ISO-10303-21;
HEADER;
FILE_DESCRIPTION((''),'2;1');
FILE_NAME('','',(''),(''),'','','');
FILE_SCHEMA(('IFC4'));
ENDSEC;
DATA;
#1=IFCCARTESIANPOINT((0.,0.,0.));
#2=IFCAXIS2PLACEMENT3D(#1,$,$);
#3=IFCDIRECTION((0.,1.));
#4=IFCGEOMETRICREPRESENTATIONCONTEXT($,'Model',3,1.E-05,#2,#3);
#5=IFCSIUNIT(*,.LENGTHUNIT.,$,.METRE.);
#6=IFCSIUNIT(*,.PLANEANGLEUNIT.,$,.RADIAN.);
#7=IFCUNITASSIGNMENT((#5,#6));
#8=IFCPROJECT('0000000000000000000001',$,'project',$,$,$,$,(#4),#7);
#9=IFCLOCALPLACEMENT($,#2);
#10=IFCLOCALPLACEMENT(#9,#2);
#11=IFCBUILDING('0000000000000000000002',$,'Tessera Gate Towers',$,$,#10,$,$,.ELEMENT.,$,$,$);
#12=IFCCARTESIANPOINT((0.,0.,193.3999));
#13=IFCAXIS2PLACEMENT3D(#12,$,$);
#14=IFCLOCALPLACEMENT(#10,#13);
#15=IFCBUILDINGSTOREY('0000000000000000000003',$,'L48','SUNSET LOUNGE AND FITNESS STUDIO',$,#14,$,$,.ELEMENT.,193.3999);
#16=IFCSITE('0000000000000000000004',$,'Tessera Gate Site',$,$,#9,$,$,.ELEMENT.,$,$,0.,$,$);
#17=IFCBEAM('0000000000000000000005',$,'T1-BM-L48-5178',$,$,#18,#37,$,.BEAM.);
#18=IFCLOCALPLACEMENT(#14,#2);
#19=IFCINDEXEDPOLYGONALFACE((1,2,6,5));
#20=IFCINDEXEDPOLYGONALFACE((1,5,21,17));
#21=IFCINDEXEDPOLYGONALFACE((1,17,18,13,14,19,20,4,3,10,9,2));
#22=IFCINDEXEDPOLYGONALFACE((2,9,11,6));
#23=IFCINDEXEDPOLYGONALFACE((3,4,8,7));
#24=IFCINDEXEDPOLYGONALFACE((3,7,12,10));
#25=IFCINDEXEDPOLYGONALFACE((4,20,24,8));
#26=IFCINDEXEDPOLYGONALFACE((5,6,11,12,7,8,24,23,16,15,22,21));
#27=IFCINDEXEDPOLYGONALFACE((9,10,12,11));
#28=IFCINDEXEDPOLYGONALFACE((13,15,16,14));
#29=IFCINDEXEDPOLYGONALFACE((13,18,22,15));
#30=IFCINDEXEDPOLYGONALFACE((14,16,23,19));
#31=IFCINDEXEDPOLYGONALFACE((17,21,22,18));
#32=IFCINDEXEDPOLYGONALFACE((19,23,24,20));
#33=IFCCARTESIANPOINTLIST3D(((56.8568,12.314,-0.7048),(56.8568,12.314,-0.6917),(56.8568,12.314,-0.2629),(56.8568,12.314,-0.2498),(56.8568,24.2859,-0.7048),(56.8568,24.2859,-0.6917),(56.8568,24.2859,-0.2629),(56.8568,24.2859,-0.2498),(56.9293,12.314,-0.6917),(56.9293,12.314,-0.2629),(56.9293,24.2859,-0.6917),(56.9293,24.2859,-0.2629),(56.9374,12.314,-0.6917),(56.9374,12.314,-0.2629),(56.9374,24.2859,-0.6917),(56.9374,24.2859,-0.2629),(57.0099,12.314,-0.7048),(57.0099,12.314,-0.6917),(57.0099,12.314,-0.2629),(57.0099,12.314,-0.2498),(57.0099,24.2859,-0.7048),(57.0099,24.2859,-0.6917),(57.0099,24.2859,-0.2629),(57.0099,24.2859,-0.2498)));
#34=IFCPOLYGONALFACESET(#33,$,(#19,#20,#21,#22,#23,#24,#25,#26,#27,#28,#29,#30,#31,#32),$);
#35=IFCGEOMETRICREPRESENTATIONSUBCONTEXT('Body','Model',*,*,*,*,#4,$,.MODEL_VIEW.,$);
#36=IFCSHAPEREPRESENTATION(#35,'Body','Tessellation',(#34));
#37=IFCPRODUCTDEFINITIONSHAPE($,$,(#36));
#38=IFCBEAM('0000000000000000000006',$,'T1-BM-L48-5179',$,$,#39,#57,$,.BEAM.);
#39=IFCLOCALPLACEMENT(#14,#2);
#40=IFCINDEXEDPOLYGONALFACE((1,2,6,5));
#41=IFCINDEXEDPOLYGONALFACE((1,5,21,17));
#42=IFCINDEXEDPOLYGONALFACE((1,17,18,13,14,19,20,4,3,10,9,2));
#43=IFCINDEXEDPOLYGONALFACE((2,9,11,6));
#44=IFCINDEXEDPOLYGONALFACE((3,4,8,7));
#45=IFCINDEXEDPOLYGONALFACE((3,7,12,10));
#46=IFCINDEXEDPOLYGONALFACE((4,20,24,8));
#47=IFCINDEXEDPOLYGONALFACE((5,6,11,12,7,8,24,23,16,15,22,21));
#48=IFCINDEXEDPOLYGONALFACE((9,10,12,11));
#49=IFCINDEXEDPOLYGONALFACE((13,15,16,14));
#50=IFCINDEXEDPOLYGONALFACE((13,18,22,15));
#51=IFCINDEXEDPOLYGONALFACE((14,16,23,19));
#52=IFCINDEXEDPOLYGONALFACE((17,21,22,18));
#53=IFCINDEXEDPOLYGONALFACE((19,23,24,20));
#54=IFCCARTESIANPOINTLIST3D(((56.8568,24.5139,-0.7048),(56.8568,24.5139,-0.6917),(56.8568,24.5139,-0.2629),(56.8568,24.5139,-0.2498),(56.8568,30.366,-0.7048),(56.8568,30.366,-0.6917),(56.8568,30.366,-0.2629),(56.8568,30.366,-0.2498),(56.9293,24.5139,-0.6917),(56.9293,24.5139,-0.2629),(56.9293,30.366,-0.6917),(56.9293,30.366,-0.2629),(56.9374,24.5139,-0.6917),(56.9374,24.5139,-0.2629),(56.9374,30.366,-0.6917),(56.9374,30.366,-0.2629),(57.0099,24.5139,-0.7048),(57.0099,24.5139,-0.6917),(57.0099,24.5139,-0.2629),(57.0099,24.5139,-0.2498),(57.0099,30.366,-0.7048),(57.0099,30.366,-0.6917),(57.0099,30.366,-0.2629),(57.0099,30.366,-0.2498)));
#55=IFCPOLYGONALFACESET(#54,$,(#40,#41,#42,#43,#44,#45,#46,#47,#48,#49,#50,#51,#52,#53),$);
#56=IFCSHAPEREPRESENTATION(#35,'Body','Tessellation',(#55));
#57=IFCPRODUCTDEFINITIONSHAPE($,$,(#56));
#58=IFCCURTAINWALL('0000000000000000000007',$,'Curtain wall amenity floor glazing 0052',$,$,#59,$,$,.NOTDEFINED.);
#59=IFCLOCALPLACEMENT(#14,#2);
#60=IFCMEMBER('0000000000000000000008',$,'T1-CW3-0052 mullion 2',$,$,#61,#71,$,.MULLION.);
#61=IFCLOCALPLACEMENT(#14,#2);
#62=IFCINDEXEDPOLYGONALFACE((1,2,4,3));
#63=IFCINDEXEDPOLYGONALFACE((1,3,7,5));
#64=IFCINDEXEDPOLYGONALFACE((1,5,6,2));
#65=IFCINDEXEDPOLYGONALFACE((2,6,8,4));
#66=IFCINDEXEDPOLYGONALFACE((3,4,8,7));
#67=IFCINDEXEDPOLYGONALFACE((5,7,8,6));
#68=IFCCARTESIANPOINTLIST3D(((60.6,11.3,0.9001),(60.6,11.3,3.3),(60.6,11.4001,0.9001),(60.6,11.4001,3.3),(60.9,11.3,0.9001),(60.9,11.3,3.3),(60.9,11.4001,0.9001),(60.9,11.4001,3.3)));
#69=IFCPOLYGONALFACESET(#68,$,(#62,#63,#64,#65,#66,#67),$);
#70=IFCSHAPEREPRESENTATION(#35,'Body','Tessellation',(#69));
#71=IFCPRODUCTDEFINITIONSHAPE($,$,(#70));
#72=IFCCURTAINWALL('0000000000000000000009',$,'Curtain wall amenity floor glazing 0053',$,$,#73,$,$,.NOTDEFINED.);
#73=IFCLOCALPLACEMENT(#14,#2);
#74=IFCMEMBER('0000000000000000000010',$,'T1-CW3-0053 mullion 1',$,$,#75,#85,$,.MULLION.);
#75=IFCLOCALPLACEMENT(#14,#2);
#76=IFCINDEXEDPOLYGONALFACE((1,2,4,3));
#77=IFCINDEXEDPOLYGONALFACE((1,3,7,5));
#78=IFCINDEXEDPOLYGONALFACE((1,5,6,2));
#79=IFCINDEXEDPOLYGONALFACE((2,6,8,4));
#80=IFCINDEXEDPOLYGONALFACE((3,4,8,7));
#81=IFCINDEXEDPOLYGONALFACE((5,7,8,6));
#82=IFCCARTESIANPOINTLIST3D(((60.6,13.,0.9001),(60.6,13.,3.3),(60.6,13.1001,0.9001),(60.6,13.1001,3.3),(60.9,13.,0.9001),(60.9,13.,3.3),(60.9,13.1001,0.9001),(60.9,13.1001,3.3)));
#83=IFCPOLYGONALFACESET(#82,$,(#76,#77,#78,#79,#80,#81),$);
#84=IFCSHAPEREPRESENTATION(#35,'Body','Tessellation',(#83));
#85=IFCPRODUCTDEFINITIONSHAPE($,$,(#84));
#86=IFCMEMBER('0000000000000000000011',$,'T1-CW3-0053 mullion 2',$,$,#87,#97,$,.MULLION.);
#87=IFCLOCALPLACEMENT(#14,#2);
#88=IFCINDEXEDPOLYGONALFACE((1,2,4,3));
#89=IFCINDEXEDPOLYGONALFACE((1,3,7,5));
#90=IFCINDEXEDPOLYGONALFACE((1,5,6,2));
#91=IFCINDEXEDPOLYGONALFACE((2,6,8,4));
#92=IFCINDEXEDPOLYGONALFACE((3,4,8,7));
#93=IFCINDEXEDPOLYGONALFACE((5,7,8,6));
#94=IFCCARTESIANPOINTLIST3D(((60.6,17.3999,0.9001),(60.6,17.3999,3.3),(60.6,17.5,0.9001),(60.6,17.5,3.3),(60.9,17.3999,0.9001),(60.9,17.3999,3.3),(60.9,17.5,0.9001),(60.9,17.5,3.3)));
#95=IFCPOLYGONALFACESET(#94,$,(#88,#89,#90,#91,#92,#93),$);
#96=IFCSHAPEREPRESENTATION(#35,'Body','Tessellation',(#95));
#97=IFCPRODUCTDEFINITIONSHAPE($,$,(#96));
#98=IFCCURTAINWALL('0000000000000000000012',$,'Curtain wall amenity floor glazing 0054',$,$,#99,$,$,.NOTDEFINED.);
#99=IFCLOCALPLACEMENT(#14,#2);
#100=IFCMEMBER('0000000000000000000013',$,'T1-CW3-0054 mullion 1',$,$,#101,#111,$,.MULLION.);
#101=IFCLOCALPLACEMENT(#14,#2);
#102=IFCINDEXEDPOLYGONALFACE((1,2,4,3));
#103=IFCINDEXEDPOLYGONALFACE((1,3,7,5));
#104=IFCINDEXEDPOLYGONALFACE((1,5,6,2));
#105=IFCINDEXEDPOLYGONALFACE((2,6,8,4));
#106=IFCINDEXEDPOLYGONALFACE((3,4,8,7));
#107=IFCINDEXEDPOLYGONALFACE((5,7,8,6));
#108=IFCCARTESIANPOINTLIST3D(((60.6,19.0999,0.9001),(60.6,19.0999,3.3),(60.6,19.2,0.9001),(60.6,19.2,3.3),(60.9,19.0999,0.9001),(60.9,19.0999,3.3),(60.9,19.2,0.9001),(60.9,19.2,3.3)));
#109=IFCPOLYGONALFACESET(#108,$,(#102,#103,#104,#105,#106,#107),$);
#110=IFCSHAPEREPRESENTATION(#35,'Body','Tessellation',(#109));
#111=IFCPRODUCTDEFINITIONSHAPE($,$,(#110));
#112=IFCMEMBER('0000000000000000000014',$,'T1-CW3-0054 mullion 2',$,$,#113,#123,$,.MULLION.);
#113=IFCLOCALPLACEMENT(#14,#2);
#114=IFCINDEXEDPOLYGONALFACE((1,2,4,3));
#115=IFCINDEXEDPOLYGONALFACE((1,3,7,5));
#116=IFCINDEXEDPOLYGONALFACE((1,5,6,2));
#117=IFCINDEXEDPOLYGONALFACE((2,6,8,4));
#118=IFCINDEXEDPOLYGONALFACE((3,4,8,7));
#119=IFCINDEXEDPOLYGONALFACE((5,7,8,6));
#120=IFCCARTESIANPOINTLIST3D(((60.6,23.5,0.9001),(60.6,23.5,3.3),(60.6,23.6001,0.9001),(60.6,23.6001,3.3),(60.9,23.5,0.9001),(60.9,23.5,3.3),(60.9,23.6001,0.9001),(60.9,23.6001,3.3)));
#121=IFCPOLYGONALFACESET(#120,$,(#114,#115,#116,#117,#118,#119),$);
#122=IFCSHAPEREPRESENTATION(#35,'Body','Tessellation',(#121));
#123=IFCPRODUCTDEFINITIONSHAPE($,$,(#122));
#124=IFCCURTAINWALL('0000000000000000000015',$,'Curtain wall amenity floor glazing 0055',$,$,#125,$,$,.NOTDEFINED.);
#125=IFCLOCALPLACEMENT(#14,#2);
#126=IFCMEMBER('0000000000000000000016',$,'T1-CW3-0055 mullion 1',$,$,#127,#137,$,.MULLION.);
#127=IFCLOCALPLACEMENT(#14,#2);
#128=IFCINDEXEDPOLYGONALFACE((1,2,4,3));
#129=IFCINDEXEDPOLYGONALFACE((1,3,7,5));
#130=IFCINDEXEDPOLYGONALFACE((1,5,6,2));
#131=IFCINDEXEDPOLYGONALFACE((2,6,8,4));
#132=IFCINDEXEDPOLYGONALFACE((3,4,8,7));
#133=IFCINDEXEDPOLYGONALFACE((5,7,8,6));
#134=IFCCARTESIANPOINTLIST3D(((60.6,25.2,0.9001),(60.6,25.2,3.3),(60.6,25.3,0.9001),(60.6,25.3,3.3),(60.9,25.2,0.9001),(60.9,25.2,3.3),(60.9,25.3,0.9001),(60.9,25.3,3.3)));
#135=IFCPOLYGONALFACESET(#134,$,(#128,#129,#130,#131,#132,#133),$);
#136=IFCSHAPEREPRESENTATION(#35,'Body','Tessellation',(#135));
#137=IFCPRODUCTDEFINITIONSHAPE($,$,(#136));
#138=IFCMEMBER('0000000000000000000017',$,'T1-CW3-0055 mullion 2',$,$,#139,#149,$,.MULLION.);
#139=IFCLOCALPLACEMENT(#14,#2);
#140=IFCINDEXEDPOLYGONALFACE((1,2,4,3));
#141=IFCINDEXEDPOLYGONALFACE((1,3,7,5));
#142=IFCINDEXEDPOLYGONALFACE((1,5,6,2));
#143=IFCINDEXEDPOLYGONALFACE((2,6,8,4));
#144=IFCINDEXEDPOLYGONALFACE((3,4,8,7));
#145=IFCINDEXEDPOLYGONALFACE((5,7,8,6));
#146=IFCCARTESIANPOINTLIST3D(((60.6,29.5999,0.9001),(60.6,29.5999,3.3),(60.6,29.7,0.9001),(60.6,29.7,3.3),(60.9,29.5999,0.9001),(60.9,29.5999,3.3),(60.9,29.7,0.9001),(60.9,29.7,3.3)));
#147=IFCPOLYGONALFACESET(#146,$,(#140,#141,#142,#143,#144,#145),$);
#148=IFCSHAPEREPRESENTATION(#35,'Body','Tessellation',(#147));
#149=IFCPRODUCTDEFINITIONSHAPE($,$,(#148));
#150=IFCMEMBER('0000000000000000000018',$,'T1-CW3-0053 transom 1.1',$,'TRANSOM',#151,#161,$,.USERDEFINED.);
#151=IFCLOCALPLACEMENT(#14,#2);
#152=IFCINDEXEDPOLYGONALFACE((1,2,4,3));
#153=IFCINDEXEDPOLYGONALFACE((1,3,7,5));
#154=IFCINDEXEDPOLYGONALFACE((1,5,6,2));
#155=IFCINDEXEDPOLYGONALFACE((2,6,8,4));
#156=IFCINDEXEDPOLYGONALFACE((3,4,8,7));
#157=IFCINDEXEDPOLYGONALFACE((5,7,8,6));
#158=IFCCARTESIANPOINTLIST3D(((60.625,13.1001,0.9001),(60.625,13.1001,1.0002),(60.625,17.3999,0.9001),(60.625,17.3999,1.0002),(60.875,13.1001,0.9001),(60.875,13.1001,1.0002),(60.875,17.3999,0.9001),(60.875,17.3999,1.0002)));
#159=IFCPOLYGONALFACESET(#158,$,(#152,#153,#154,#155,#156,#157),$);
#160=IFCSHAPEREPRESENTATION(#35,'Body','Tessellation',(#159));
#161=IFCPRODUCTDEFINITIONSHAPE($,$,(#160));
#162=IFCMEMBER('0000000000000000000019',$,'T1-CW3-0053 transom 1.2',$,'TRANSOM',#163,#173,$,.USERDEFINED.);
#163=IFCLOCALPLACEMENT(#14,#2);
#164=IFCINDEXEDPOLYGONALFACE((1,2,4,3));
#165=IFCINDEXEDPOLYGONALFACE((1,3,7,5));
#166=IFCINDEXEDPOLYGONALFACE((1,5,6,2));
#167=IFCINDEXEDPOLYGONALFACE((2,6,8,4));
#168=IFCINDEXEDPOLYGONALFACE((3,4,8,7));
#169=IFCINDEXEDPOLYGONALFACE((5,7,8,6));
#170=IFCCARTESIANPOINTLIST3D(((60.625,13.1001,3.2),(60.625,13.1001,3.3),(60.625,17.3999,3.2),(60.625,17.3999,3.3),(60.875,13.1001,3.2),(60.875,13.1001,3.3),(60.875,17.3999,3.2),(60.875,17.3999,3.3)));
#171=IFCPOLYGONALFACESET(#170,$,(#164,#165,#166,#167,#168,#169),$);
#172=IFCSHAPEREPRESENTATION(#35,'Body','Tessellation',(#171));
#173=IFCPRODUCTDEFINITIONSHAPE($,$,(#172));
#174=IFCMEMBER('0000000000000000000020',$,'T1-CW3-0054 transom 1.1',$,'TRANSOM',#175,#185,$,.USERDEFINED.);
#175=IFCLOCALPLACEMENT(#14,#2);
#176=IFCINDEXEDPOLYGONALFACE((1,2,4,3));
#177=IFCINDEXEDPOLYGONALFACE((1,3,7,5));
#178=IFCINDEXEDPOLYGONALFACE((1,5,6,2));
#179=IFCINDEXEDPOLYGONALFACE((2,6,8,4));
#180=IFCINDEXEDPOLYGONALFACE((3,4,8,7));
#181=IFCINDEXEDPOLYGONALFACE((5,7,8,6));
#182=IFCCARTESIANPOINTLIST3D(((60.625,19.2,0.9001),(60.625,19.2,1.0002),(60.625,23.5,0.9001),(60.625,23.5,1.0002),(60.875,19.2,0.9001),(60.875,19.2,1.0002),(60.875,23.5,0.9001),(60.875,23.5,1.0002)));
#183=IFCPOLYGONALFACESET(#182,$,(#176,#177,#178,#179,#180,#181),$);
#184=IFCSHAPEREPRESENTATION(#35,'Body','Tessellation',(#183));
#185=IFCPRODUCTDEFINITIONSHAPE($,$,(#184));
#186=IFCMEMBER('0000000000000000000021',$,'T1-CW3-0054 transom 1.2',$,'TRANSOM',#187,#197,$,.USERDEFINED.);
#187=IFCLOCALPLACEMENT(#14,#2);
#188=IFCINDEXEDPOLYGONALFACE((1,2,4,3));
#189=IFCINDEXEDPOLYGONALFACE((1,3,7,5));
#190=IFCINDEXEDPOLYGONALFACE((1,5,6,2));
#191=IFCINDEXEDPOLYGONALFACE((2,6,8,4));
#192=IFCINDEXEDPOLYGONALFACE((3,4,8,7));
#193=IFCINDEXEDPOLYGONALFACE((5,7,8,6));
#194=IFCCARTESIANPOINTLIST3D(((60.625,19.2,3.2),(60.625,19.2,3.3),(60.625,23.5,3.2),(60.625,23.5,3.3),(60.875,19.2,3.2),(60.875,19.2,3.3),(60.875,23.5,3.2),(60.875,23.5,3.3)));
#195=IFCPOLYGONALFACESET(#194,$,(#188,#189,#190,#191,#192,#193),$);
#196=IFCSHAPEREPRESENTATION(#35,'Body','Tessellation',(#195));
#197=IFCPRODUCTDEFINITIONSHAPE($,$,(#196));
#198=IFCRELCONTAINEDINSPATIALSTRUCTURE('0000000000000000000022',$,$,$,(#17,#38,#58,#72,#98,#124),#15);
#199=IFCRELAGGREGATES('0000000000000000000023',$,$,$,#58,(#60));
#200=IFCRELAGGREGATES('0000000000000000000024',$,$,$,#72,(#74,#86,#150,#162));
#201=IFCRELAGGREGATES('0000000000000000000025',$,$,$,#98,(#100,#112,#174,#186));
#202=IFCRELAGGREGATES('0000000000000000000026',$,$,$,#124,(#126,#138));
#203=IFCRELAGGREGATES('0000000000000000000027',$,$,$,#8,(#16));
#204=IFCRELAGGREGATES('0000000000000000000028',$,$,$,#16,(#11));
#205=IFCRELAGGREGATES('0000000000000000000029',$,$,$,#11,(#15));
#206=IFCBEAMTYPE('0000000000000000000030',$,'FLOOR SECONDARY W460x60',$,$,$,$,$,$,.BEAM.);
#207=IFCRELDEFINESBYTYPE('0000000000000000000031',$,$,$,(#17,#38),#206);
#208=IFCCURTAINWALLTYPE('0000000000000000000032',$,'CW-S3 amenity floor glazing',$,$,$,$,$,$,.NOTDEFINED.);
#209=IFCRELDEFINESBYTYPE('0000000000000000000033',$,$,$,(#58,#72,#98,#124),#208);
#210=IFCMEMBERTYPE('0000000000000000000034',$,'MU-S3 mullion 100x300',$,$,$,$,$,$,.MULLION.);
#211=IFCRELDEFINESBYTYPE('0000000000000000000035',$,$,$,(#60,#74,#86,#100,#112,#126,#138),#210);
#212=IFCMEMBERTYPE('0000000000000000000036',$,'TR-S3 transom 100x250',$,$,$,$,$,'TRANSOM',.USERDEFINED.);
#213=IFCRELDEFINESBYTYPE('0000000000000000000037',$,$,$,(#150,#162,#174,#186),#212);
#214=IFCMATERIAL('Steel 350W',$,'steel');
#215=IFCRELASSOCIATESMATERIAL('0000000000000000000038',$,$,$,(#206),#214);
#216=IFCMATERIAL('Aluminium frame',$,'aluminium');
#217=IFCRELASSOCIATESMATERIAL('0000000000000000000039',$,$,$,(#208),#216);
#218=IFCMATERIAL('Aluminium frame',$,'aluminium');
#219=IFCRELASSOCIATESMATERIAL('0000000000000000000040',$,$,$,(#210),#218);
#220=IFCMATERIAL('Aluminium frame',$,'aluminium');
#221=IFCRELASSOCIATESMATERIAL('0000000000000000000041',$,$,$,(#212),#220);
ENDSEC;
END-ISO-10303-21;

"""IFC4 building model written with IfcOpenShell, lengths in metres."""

from ifc_helpers import new_model, si_unit, direction, frame, origin, origin_2d, place, context, subcontext, project, spatial, rectangle, i_section, extrude, material, material_profile, profile_set, type_object, element, aggregate, save


model = new_model("IFC4")

# Units and contexts
model_context = context("Model", 3, precision=1e-05, world=origin(), true_north=direction((0.0, 1.0)))
body_context = subcontext(model_context, "Body", "Model", "MODEL_VIEW")
ifc_project = project(units=[si_unit("LENGTHUNIT", "METRE"), si_unit("PLANEANGLEUNIT", "RADIAN")], contexts=[model_context])

# Site, building, storey
site_placement = place(None, origin())
site = spatial("IfcSite", under=ifc_project, at=site_placement, Name="Tessera Gate Site", CompositionType="ELEMENT", RefElevation=0.0)
building_placement = place(site_placement, origin())
building = spatial("IfcBuilding", under=site, at=building_placement, Name="Tessera Gate Towers", CompositionType="ELEMENT")
storey_placement = place(building_placement, frame((0.0, 0.0, 193.3999)))
storey = spatial("IfcBuildingStorey", under=building, at=storey_placement, Name="L48", Description="SUNSET LOUNGE AND FITNESS STUDIO", CompositionType="ELEMENT", Elevation=193.3999)

# Beams
ifc_material_1 = material(Name="Steel 350W", Category="steel")
ifc_material_profile_1 = material_profile(ifc_material_1, i_section(OverallWidth=0.1531, OverallDepth=0.4551, WebThickness=0.0081, FlangeThickness=0.0132, at=origin_2d()), Name="W460x60")
ifc_profile_set_1 = profile_set([ifc_material_profile_1], Name="Steel 350W")
beam_type = type_object("IfcBeamType", Name="FLOOR SECONDARY W460x60", PredefinedType="BEAM", material=ifc_profile_set_1)
beam_1_placement = place(storey_placement, frame((56.9333, 12.314, -0.4773), z_axis=(0.0, 1.0, 0.0), x_axis=(-1.0, 0.0, 0.0)))
element("IfcBeam", 1, at=beam_1_placement, inside=storey, type_object=beam_type, Name="T1-BM-L48-5178", PredefinedType="BEAM", context=body_context, shape_type="SweptSolid", body=[
    extrude(i_section(OverallWidth=0.1531, OverallDepth=0.4551, WebThickness=0.0081, FlangeThickness=0.0132, at=origin_2d()), origin(), (0.0, 0.0, 1.0), 11.9719),
])
beam_2_placement = place(storey_placement, frame((56.9333, 24.5139, -0.4773), z_axis=(0.0, 1.0, 0.0), x_axis=(-1.0, 0.0, 0.0)))
element("IfcBeam", 2, at=beam_2_placement, inside=storey, type_object=beam_type, Name="T1-BM-L48-5179", PredefinedType="BEAM", context=body_context, shape_type="SweptSolid", body=[
    extrude(i_section(OverallWidth=0.1531, OverallDepth=0.4551, WebThickness=0.0081, FlangeThickness=0.0132, at=origin_2d()), origin(), (0.0, 0.0, 1.0), 5.8521),
])

# Curtain wall, member
ifc_material_2 = material(Name="Aluminium frame", Category="aluminium")
curtain_wall_type = type_object("IfcCurtainWallType", Name="CW-S3 amenity floor glazing", PredefinedType="NOTDEFINED", material=ifc_material_2)
curtain_wall_1_placement = place(storey_placement, origin())
curtain_wall_1 = element("IfcCurtainWall", 3, at=curtain_wall_1_placement, inside=storey, type_object=curtain_wall_type, Name="Curtain wall amenity floor glazing 0052", PredefinedType="NOTDEFINED")
ifc_material_3 = material(Name="Aluminium frame", Category="aluminium")
ifc_material_profile_2 = material_profile(ifc_material_3, rectangle(XDim=0.1001, YDim=0.3, at=origin_2d()), Name="AL 100x300")
ifc_profile_set_2 = profile_set([ifc_material_profile_2], Name="Aluminium frame")
member_type_1 = type_object("IfcMemberType", Name="MU-S3 mullion 100x300", PredefinedType="MULLION", material=ifc_profile_set_2)
member_1_placement = place(storey_placement, frame((60.75, 11.3501, 0.9001), z_axis=(0.0, 0.0, 1.0), x_axis=(0.0, 1.0, 0.0)))
member_1 = element("IfcMember", 4, at=member_1_placement, type_object=member_type_1, Name="T1-CW3-0052 mullion 2", PredefinedType="MULLION", context=body_context, shape_type="SweptSolid", body=[
    extrude(rectangle(XDim=0.1001, YDim=0.3, at=origin_2d()), origin(), (0.0, 0.0, 1.0), 2.3999),
])

# Curtain walls, members
curtain_wall_2_placement = place(storey_placement, origin())
curtain_wall_2 = element("IfcCurtainWall", 5, at=curtain_wall_2_placement, inside=storey, type_object=curtain_wall_type, Name="Curtain wall amenity floor glazing 0053", PredefinedType="NOTDEFINED")
member_2_placement = place(storey_placement, frame((60.75, 13.05, 0.9001), z_axis=(0.0, 0.0, 1.0), x_axis=(0.0, 1.0, 0.0)))
member_2 = element("IfcMember", 6, at=member_2_placement, type_object=member_type_1, Name="T1-CW3-0053 mullion 1", PredefinedType="MULLION", context=body_context, shape_type="SweptSolid", body=[
    extrude(rectangle(XDim=0.1001, YDim=0.3, at=origin_2d()), origin(), (0.0, 0.0, 1.0), 2.3999),
])
member_3_placement = place(storey_placement, frame((60.75, 17.45, 0.9001), z_axis=(0.0, 0.0, 1.0), x_axis=(0.0, 1.0, 0.0)))
member_3 = element("IfcMember", 7, at=member_3_placement, type_object=member_type_1, Name="T1-CW3-0053 mullion 2", PredefinedType="MULLION", context=body_context, shape_type="SweptSolid", body=[
    extrude(rectangle(XDim=0.1001, YDim=0.3, at=origin_2d()), origin(), (0.0, 0.0, 1.0), 2.3999),
])
curtain_wall_3_placement = place(storey_placement, origin())
curtain_wall_3 = element("IfcCurtainWall", 8, at=curtain_wall_3_placement, inside=storey, type_object=curtain_wall_type, Name="Curtain wall amenity floor glazing 0054", PredefinedType="NOTDEFINED")
member_4_placement = place(storey_placement, frame((60.75, 19.1499, 0.9001), z_axis=(0.0, 0.0, 1.0), x_axis=(0.0, 1.0, 0.0)))
member_4 = element("IfcMember", 9, at=member_4_placement, type_object=member_type_1, Name="T1-CW3-0054 mullion 1", PredefinedType="MULLION", context=body_context, shape_type="SweptSolid", body=[
    extrude(rectangle(XDim=0.1001, YDim=0.3, at=origin_2d()), origin(), (0.0, 0.0, 1.0), 2.3999),
])
member_5_placement = place(storey_placement, frame((60.75, 23.55, 0.9001), z_axis=(0.0, 0.0, 1.0), x_axis=(0.0, 1.0, 0.0)))
member_5 = element("IfcMember", 10, at=member_5_placement, type_object=member_type_1, Name="T1-CW3-0054 mullion 2", PredefinedType="MULLION", context=body_context, shape_type="SweptSolid", body=[
    extrude(rectangle(XDim=0.1001, YDim=0.3, at=origin_2d()), origin(), (0.0, 0.0, 1.0), 2.3999),
])
curtain_wall_4_placement = place(storey_placement, origin())
curtain_wall_4 = element("IfcCurtainWall", 11, at=curtain_wall_4_placement, inside=storey, type_object=curtain_wall_type, Name="Curtain wall amenity floor glazing 0055", PredefinedType="NOTDEFINED")
member_6_placement = place(storey_placement, frame((60.75, 25.25, 0.9001), z_axis=(0.0, 0.0, 1.0), x_axis=(0.0, 1.0, 0.0)))
member_6 = element("IfcMember", 12, at=member_6_placement, type_object=member_type_1, Name="T1-CW3-0055 mullion 1", PredefinedType="MULLION", context=body_context, shape_type="SweptSolid", body=[
    extrude(rectangle(XDim=0.1001, YDim=0.3, at=origin_2d()), origin(), (0.0, 0.0, 1.0), 2.3999),
])
member_7_placement = place(storey_placement, frame((60.75, 29.6499, 0.9001), z_axis=(0.0, 0.0, 1.0), x_axis=(0.0, 1.0, 0.0)))
member_7 = element("IfcMember", 13, at=member_7_placement, type_object=member_type_1, Name="T1-CW3-0055 mullion 2", PredefinedType="MULLION", context=body_context, shape_type="SweptSolid", body=[
    extrude(rectangle(XDim=0.1001, YDim=0.3, at=origin_2d()), origin(), (0.0, 0.0, 1.0), 2.3999),
])

# Members
ifc_material_4 = material(Name="Aluminium frame", Category="aluminium")
ifc_material_profile_3 = material_profile(ifc_material_4, rectangle(XDim=0.25, YDim=0.1001, at=origin_2d()), Name="AL 100x250")
ifc_profile_set_3 = profile_set([ifc_material_profile_3], Name="Aluminium frame")
member_type_2 = type_object("IfcMemberType", Name="TR-S3 transom 100x250", ElementType="TRANSOM", PredefinedType="USERDEFINED", material=ifc_profile_set_3)
member_8_placement = place(storey_placement, frame((60.75, 13.1001, 0.9502), z_axis=(0.0, 1.0, 0.0), x_axis=(-1.0, 0.0, 0.0)))
member_8 = element("IfcMember", 14, at=member_8_placement, type_object=member_type_2, Name="T1-CW3-0053 transom 1.1", ObjectType="TRANSOM", PredefinedType="USERDEFINED", context=body_context, shape_type="SweptSolid", body=[
    extrude(rectangle(XDim=0.25, YDim=0.1001, at=origin_2d()), origin(), (0.0, 0.0, 1.0), 4.2998),
])
member_9_placement = place(storey_placement, frame((60.75, 13.1001, 3.25), z_axis=(0.0, 1.0, 0.0), x_axis=(-1.0, 0.0, 0.0)))
member_9 = element("IfcMember", 15, at=member_9_placement, type_object=member_type_2, Name="T1-CW3-0053 transom 1.2", ObjectType="TRANSOM", PredefinedType="USERDEFINED", context=body_context, shape_type="SweptSolid", body=[
    extrude(rectangle(XDim=0.25, YDim=0.1001, at=origin_2d()), origin(), (0.0, 0.0, 1.0), 4.2998),
])
member_10_placement = place(storey_placement, frame((60.75, 19.2, 0.9502), z_axis=(0.0, 1.0, 0.0), x_axis=(-1.0, 0.0, 0.0)))
member_10 = element("IfcMember", 16, at=member_10_placement, type_object=member_type_2, Name="T1-CW3-0054 transom 1.1", ObjectType="TRANSOM", PredefinedType="USERDEFINED", context=body_context, shape_type="SweptSolid", body=[
    extrude(rectangle(XDim=0.25, YDim=0.1001, at=origin_2d()), origin(), (0.0, 0.0, 1.0), 4.3),
])
member_11_placement = place(storey_placement, frame((60.75, 19.2, 3.25), z_axis=(0.0, 1.0, 0.0), x_axis=(-1.0, 0.0, 0.0)))
member_11 = element("IfcMember", 17, at=member_11_placement, type_object=member_type_2, Name="T1-CW3-0054 transom 1.2", ObjectType="TRANSOM", PredefinedType="USERDEFINED", context=body_context, shape_type="SweptSolid", body=[
    extrude(rectangle(XDim=0.25, YDim=0.1001, at=origin_2d()), origin(), (0.0, 0.0, 1.0), 4.3),
])

aggregate(curtain_wall_1, [member_1])
aggregate(curtain_wall_2, [member_2, member_3, member_8, member_9])
aggregate(curtain_wall_3, [member_4, member_5, member_10, member_11])
aggregate(curtain_wall_4, [member_6, member_7])

save(model, "model.ifc")
